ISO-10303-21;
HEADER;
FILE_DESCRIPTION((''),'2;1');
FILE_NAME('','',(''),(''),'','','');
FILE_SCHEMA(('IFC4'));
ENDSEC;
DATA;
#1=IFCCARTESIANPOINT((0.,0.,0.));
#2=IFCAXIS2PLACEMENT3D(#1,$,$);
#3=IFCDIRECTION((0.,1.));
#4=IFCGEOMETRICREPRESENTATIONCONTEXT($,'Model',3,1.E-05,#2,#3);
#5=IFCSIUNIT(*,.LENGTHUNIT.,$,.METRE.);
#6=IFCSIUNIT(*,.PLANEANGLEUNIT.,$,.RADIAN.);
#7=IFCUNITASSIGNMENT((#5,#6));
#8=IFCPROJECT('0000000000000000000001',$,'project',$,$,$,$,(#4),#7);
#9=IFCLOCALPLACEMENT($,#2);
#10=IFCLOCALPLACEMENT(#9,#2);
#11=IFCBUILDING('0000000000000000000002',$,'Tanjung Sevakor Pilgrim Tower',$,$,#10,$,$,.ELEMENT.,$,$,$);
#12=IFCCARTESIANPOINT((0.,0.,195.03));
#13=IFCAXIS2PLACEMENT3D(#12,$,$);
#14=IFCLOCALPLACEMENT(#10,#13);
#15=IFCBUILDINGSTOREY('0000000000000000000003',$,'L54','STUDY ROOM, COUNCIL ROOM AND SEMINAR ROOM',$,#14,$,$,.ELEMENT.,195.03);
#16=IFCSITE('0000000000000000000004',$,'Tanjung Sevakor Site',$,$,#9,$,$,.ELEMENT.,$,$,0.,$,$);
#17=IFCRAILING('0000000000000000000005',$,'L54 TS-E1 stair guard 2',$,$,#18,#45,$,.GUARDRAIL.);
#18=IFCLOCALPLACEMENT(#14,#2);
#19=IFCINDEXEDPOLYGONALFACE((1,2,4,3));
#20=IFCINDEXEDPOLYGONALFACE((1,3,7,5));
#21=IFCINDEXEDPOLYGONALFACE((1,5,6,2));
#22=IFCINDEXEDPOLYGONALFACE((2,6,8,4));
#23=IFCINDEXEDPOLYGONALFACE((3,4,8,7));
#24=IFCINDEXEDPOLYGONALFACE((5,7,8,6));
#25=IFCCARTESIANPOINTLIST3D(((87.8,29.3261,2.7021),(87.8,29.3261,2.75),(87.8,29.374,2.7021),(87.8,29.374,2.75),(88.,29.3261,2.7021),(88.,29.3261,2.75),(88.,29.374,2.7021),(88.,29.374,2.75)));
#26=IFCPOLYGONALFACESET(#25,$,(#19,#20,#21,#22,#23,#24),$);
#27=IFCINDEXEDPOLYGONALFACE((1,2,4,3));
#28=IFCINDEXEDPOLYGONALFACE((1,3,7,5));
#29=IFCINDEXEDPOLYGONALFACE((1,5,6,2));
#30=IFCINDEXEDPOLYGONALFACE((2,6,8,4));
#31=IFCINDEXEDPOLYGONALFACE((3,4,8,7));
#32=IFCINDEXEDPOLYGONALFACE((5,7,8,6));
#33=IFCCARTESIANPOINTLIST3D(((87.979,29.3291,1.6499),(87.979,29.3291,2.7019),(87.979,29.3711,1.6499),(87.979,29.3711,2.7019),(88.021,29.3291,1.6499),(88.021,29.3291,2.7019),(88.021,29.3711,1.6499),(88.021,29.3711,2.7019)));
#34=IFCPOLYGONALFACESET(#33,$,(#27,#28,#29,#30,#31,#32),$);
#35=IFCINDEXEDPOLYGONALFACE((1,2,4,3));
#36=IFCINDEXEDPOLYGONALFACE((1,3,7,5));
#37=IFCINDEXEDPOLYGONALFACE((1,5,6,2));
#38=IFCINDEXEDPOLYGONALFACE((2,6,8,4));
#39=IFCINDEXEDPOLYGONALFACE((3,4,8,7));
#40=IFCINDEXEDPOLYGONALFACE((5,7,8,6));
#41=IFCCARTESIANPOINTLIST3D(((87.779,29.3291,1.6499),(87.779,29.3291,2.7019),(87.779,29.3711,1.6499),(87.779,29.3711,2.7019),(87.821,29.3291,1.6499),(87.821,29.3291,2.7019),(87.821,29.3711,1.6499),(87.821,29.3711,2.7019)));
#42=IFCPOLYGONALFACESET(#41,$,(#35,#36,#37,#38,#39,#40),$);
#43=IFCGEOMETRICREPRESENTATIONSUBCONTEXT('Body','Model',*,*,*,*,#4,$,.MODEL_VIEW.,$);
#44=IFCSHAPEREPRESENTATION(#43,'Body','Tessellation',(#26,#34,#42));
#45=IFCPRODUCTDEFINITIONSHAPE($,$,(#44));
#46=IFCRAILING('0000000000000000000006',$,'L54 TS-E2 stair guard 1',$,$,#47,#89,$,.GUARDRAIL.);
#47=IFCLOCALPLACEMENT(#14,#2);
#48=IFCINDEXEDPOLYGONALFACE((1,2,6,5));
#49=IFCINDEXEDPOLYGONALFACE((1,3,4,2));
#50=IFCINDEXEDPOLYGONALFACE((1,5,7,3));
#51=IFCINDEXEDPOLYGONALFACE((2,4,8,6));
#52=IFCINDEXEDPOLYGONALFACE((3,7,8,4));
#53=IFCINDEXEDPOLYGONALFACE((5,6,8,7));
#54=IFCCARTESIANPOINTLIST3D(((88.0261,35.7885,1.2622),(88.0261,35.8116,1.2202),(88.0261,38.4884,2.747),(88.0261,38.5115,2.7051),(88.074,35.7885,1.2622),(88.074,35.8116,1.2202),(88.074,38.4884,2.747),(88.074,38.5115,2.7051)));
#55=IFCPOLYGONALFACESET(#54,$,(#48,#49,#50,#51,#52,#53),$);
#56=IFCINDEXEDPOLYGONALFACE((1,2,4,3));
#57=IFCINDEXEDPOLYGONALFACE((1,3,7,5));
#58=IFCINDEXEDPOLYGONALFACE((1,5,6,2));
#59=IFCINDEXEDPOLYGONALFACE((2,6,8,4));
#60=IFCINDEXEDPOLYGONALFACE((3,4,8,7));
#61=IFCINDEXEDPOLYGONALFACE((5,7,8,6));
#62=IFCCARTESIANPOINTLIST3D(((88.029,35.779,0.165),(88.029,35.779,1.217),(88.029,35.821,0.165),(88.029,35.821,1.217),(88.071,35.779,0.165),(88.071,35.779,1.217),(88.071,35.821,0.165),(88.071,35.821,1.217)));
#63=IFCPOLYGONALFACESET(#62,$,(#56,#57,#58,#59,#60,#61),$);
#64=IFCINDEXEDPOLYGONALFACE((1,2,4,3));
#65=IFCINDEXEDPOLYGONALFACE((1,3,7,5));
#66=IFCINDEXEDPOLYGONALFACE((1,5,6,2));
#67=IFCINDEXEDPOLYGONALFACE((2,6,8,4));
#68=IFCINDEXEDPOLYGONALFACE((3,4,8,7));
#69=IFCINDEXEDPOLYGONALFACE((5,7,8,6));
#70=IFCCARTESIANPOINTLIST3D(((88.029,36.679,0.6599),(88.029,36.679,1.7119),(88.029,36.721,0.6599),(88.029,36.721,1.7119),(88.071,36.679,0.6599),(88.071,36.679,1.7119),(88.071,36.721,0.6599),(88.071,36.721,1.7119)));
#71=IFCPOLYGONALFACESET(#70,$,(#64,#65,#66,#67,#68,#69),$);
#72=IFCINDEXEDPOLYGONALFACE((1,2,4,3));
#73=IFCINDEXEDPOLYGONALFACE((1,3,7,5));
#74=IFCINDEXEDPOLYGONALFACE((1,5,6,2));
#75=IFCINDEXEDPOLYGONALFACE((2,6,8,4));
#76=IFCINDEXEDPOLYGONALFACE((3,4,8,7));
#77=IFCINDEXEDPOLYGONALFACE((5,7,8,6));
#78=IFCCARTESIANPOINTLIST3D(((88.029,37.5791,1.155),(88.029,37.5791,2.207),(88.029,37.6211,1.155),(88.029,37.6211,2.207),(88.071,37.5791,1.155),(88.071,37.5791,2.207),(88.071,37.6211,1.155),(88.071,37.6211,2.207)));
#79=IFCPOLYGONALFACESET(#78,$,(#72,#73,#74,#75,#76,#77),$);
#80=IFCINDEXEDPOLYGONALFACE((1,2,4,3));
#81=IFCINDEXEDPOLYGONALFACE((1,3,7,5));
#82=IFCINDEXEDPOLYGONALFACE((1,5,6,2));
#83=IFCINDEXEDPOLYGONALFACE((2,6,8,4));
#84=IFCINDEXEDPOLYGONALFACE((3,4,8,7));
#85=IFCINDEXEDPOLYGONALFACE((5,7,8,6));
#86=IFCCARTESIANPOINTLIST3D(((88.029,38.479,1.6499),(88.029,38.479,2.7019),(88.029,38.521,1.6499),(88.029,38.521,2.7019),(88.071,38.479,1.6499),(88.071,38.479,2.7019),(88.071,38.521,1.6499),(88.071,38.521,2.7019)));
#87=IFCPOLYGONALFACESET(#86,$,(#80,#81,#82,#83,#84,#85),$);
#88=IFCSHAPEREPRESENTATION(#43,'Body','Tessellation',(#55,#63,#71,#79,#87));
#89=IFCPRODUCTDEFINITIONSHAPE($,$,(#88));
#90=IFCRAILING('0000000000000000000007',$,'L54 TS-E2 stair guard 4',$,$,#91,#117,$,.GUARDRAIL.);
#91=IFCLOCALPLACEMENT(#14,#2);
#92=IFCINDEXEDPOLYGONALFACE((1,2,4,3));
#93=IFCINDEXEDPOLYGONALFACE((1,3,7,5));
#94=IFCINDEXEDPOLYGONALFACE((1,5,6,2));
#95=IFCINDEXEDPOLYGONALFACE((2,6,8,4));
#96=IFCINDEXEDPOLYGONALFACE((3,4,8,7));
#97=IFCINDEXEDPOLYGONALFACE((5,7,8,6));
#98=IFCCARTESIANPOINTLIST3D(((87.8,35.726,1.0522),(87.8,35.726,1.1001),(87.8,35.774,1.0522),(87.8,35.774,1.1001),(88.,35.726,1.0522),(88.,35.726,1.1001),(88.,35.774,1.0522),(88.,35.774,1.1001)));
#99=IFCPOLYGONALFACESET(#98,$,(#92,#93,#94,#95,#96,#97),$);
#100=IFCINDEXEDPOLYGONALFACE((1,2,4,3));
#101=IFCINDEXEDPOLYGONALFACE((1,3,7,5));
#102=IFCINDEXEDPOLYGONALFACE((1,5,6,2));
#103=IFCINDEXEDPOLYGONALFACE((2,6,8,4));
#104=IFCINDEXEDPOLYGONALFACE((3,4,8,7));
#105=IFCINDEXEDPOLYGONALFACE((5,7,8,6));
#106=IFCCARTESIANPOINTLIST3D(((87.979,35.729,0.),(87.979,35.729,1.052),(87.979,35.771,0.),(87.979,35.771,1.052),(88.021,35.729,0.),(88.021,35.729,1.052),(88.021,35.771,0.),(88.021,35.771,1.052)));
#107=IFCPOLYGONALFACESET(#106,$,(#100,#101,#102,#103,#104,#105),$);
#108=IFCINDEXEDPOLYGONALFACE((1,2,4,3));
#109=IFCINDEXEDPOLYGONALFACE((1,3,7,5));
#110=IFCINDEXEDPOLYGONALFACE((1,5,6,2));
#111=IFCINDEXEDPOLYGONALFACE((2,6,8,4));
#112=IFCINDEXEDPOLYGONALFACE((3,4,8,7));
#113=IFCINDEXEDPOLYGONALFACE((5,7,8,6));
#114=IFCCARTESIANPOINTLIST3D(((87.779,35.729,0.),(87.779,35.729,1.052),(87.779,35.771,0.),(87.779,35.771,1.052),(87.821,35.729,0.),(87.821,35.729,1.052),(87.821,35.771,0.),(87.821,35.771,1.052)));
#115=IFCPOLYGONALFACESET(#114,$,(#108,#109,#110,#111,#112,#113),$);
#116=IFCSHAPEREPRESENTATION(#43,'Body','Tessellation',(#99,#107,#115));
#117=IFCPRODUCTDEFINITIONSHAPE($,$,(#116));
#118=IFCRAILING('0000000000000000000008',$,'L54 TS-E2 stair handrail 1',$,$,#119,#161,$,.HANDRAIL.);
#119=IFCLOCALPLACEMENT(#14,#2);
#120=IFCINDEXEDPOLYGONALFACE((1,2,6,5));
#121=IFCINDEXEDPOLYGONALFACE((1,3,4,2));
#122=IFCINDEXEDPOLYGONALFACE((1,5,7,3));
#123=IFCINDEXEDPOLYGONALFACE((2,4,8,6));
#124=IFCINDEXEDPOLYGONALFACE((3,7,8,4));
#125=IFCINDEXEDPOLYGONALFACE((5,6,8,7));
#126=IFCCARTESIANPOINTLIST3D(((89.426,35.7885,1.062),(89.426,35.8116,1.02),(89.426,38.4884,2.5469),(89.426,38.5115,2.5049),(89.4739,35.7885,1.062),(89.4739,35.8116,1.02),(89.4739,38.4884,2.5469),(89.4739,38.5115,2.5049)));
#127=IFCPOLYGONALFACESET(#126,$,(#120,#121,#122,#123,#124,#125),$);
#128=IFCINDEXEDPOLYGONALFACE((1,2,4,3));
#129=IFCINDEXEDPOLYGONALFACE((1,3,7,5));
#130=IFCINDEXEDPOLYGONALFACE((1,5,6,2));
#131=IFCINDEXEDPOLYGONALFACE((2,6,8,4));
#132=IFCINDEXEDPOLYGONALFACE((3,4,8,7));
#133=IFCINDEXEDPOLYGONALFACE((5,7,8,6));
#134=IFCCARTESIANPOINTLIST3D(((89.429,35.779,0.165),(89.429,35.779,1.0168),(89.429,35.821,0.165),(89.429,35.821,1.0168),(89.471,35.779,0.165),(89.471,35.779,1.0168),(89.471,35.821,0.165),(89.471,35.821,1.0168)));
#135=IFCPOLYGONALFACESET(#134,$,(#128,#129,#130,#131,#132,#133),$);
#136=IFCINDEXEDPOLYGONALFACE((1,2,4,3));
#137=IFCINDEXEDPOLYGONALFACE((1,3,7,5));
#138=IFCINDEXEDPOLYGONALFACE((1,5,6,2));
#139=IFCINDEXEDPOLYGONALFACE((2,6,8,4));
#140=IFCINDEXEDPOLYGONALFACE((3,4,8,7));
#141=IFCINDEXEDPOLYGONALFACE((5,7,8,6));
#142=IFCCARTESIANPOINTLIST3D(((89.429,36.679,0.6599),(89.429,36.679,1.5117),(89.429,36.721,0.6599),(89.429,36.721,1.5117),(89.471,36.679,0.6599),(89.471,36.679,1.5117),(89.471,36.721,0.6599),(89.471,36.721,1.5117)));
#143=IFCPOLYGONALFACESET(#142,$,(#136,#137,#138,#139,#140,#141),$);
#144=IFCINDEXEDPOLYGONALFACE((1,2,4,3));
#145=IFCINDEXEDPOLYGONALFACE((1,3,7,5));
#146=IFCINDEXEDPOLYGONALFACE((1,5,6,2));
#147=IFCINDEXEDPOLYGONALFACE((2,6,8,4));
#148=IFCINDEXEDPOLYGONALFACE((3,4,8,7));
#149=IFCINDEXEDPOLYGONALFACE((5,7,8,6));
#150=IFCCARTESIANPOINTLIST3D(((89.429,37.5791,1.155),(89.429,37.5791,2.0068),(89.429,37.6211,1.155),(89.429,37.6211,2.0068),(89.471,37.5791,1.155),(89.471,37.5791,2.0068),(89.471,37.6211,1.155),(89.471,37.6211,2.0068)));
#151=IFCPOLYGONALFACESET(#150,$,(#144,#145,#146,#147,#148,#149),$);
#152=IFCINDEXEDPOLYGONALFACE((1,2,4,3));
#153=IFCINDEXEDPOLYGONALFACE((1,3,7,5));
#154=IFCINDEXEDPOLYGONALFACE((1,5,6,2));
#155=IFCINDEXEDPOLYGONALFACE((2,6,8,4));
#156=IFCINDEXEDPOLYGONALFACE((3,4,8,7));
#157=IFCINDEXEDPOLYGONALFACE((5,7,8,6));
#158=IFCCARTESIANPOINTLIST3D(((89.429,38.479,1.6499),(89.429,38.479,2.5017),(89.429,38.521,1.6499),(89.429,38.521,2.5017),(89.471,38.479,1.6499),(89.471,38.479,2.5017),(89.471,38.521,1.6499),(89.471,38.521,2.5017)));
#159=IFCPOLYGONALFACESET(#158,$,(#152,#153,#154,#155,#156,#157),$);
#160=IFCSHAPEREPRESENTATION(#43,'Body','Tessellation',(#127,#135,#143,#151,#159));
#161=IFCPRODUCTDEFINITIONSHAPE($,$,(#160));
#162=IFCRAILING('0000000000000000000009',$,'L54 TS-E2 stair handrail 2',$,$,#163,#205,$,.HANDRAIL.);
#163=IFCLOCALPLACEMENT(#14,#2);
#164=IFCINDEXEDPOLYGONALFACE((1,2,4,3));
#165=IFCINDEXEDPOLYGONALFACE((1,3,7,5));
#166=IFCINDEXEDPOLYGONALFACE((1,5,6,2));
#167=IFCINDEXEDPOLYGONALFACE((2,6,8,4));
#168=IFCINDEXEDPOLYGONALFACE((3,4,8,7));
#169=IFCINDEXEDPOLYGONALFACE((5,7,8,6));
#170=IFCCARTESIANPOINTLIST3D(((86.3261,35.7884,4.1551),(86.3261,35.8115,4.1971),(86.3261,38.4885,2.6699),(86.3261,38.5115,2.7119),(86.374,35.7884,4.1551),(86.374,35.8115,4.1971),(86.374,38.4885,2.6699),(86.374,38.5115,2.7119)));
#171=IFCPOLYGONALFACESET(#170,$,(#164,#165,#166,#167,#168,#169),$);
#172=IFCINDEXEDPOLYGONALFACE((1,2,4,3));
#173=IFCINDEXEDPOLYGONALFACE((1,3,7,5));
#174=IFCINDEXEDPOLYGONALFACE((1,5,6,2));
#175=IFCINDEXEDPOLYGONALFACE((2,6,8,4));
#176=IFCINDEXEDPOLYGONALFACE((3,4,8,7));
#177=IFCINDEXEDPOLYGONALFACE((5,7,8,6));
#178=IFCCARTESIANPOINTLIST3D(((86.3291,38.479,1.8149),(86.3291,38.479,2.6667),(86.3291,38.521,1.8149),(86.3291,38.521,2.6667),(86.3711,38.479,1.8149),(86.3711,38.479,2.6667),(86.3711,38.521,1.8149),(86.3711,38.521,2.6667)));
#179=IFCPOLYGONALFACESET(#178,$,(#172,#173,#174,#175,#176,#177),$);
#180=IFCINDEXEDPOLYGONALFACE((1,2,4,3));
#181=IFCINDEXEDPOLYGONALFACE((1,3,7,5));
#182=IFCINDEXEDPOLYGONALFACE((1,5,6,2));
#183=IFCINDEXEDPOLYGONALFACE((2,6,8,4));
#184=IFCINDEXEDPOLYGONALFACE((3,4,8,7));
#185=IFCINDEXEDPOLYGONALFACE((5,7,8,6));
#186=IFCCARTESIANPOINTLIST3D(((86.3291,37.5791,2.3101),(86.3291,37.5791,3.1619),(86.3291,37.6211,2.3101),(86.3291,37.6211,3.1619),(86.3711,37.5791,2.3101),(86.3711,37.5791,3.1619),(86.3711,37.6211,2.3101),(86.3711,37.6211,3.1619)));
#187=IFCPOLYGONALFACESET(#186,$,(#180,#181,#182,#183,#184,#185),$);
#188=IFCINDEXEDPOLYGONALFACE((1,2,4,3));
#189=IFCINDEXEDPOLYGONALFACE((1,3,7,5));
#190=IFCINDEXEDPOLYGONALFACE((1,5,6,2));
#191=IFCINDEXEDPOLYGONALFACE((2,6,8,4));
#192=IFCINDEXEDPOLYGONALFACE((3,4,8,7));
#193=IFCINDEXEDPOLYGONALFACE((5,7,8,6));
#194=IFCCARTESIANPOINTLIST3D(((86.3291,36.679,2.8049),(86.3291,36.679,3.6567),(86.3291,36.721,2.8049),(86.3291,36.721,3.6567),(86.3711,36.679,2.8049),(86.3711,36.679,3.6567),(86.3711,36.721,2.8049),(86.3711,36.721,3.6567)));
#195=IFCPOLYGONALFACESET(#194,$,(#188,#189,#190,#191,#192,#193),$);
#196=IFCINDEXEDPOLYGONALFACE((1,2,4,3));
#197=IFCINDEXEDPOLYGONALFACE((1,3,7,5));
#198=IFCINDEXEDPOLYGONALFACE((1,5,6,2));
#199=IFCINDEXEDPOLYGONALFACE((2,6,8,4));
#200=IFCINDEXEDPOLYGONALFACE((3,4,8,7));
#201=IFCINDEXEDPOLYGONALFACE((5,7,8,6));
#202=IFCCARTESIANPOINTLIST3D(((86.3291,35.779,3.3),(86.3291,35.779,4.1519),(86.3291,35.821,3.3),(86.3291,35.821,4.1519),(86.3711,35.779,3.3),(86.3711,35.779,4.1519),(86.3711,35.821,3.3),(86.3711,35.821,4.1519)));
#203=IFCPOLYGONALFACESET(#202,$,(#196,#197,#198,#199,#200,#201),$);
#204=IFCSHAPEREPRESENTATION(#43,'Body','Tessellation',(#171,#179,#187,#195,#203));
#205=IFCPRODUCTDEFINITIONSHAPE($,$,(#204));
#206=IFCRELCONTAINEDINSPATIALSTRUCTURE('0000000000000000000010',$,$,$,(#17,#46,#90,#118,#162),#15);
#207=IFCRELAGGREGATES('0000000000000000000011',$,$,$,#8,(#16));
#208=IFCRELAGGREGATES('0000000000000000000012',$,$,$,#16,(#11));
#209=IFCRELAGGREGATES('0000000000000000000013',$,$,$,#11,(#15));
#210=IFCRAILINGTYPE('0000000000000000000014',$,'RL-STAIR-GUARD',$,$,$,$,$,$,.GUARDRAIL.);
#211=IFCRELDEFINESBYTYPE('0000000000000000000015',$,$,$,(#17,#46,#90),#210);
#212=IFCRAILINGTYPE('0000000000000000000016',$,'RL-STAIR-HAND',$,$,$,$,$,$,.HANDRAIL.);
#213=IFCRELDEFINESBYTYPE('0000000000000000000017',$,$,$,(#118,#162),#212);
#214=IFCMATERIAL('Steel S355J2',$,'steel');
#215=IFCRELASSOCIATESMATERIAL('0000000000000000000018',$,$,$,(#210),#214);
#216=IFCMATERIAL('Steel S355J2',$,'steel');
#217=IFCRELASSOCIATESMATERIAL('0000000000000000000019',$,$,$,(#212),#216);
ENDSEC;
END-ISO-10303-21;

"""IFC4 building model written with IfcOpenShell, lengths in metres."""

from ifc_helpers import new_model, si_unit, direction, frame, origin, place, context, subcontext, project, spatial, rectangle, extrude, material, type_object, element, save


model = new_model("IFC4")

# Units and contexts
model_context = context("Model", 3, precision=1e-05, world=origin(), true_north=direction((0.0, 1.0)))
body_context = subcontext(model_context, "Body", "Model", "MODEL_VIEW")
ifc_project = project(units=[si_unit("LENGTHUNIT", "METRE"), si_unit("PLANEANGLEUNIT", "RADIAN")], contexts=[model_context])

# Site, building, storey
site_placement = place(None, origin())
site = spatial("IfcSite", under=ifc_project, at=site_placement, Name="Tanjung Sevakor Site", CompositionType="ELEMENT", RefElevation=0.0)
building_placement = place(site_placement, origin())
building = spatial("IfcBuilding", under=site, at=building_placement, Name="Tanjung Sevakor Pilgrim Tower", CompositionType="ELEMENT")
storey_placement = place(building_placement, frame((0.0, 0.0, 195.03)))
storey = spatial("IfcBuildingStorey", under=building, at=storey_placement, Name="L54", Description="STUDY ROOM, COUNCIL ROOM AND SEMINAR ROOM", CompositionType="ELEMENT", Elevation=195.03)

# Railings
ifc_material_1 = material(Name="Steel S355J2", Category="steel")
railing_type_1 = type_object("IfcRailingType", Name="RL-STAIR-GUARD", PredefinedType="GUARDRAIL", material=ifc_material_1)
railing_1_placement = place(storey_placement, frame((88.0, 29.3501, 1.6499)))
element("IfcRailing", 1, at=railing_1_placement, inside=storey, type_object=railing_type_1, Name="L54 TS-E1 stair guard 2", PredefinedType="GUARDRAIL", context=body_context, shape_type="SweptSolid", body=[
    extrude(rectangle(XDim=0.0479, YDim=0.0479), frame((0.0, 0.0, 1.0762), z_axis=(-1.0, 0.0, 0.0), x_axis=(0.0, -1.0, 0.0)), (0.0, 0.0, 1.0), 0.2),
    extrude(rectangle(XDim=0.042, YDim=0.042), origin(), (0.0, 0.0, 1.0), 1.052),
    extrude(rectangle(XDim=0.042, YDim=0.042), frame((-0.2, 0.0, 0.0)), (0.0, 0.0, 1.0), 1.052),
])
railing_2_placement = place(storey_placement, frame((88.05, 35.8, 0.165)))
element("IfcRailing", 2, at=railing_2_placement, inside=storey, type_object=railing_type_1, Name="L54 TS-E2 stair guard 1", PredefinedType="GUARDRAIL", context=body_context, shape_type="SweptSolid", body=[
    extrude(rectangle(XDim=0.0479, YDim=0.0479), frame((0.0, 0.0, 1.0762), z_axis=(0.0, 0.876231, 0.481891), x_axis=(-1.0, 0.0, 0.0)), (0.0, 0.0, 1.0), 3.0813),
    extrude(rectangle(XDim=0.042, YDim=0.042), origin(), (0.0, 0.0, 1.0), 1.052),
    extrude(rectangle(XDim=0.042, YDim=0.042), frame((0.0, 0.8999, 0.4949)), (0.0, 0.0, 1.0), 1.052),
    extrude(rectangle(XDim=0.042, YDim=0.042), frame((0.0, 1.8, 0.99)), (0.0, 0.0, 1.0), 1.052),
    extrude(rectangle(XDim=0.042, YDim=0.042), frame((0.0, 2.7, 1.4849)), (0.0, 0.0, 1.0), 1.052),
])
railing_3_placement = place(storey_placement, frame((88.0, 35.75, 0.0)))
element("IfcRailing", 3, at=railing_3_placement, inside=storey, type_object=railing_type_1, Name="L54 TS-E2 stair guard 4", PredefinedType="GUARDRAIL", context=body_context, shape_type="SweptSolid", body=[
    extrude(rectangle(XDim=0.0479, YDim=0.0479), frame((0.0, 0.0, 1.0762), z_axis=(-1.0, 0.0, 0.0), x_axis=(0.0, -1.0, 0.0)), (0.0, 0.0, 1.0), 0.2),
    extrude(rectangle(XDim=0.042, YDim=0.042), origin(), (0.0, 0.0, 1.0), 1.052),
    extrude(rectangle(XDim=0.042, YDim=0.042), frame((-0.2, 0.0, 0.0)), (0.0, 0.0, 1.0), 1.052),
])
ifc_material_2 = material(Name="Steel S355J2", Category="steel")
railing_type_2 = type_object("IfcRailingType", Name="RL-STAIR-HAND", PredefinedType="HANDRAIL", material=ifc_material_2)
railing_4_placement = place(storey_placement, frame((89.45, 35.8, 0.165)))
element("IfcRailing", 4, at=railing_4_placement, inside=storey, type_object=railing_type_2, Name="L54 TS-E2 stair handrail 1", PredefinedType="HANDRAIL", context=body_context, shape_type="SweptSolid", body=[
    extrude(rectangle(XDim=0.0479, YDim=0.0479), frame((0.0, 0.0, 0.876), z_axis=(0.0, 0.876231, 0.481891), x_axis=(-1.0, 0.0, 0.0)), (0.0, 0.0, 1.0), 3.0813),
    extrude(rectangle(XDim=0.042, YDim=0.042), origin(), (0.0, 0.0, 1.0), 0.8518),
    extrude(rectangle(XDim=0.042, YDim=0.042), frame((0.0, 0.8999, 0.4949)), (0.0, 0.0, 1.0), 0.8518),
    extrude(rectangle(XDim=0.042, YDim=0.042), frame((0.0, 1.8, 0.99)), (0.0, 0.0, 1.0), 0.8518),
    extrude(rectangle(XDim=0.042, YDim=0.042), frame((0.0, 2.7, 1.4849)), (0.0, 0.0, 1.0), 0.8518),
])
railing_5_placement = place(storey_placement, frame((86.3501, 38.5, 1.8149)))
element("IfcRailing", 5, at=railing_5_placement, inside=storey, type_object=railing_type_2, Name="L54 TS-E2 stair handrail 2", PredefinedType="HANDRAIL", context=body_context, shape_type="SweptSolid", body=[
    extrude(rectangle(XDim=0.0479, YDim=0.0479), frame((0.0, 0.0, 0.876), z_axis=(0.0, -0.876198, 0.481952), x_axis=(1.0, 0.0, 0.0)), (0.0, 0.0, 1.0), 3.0815),
    extrude(rectangle(XDim=0.042, YDim=0.042), origin(), (0.0, 0.0, 1.0), 0.8518),
    extrude(rectangle(XDim=0.042, YDim=0.042), frame((0.0, -0.8999, 0.4951)), (0.0, 0.0, 1.0), 0.8518),
    extrude(rectangle(XDim=0.042, YDim=0.042), frame((0.0, -1.8, 0.99)), (0.0, 0.0, 1.0), 0.8518),
    extrude(rectangle(XDim=0.042, YDim=0.042), frame((0.0, -2.7, 1.4851)), (0.0, 0.0, 1.0), 0.8518),
])

save(model, "model.ifc")
